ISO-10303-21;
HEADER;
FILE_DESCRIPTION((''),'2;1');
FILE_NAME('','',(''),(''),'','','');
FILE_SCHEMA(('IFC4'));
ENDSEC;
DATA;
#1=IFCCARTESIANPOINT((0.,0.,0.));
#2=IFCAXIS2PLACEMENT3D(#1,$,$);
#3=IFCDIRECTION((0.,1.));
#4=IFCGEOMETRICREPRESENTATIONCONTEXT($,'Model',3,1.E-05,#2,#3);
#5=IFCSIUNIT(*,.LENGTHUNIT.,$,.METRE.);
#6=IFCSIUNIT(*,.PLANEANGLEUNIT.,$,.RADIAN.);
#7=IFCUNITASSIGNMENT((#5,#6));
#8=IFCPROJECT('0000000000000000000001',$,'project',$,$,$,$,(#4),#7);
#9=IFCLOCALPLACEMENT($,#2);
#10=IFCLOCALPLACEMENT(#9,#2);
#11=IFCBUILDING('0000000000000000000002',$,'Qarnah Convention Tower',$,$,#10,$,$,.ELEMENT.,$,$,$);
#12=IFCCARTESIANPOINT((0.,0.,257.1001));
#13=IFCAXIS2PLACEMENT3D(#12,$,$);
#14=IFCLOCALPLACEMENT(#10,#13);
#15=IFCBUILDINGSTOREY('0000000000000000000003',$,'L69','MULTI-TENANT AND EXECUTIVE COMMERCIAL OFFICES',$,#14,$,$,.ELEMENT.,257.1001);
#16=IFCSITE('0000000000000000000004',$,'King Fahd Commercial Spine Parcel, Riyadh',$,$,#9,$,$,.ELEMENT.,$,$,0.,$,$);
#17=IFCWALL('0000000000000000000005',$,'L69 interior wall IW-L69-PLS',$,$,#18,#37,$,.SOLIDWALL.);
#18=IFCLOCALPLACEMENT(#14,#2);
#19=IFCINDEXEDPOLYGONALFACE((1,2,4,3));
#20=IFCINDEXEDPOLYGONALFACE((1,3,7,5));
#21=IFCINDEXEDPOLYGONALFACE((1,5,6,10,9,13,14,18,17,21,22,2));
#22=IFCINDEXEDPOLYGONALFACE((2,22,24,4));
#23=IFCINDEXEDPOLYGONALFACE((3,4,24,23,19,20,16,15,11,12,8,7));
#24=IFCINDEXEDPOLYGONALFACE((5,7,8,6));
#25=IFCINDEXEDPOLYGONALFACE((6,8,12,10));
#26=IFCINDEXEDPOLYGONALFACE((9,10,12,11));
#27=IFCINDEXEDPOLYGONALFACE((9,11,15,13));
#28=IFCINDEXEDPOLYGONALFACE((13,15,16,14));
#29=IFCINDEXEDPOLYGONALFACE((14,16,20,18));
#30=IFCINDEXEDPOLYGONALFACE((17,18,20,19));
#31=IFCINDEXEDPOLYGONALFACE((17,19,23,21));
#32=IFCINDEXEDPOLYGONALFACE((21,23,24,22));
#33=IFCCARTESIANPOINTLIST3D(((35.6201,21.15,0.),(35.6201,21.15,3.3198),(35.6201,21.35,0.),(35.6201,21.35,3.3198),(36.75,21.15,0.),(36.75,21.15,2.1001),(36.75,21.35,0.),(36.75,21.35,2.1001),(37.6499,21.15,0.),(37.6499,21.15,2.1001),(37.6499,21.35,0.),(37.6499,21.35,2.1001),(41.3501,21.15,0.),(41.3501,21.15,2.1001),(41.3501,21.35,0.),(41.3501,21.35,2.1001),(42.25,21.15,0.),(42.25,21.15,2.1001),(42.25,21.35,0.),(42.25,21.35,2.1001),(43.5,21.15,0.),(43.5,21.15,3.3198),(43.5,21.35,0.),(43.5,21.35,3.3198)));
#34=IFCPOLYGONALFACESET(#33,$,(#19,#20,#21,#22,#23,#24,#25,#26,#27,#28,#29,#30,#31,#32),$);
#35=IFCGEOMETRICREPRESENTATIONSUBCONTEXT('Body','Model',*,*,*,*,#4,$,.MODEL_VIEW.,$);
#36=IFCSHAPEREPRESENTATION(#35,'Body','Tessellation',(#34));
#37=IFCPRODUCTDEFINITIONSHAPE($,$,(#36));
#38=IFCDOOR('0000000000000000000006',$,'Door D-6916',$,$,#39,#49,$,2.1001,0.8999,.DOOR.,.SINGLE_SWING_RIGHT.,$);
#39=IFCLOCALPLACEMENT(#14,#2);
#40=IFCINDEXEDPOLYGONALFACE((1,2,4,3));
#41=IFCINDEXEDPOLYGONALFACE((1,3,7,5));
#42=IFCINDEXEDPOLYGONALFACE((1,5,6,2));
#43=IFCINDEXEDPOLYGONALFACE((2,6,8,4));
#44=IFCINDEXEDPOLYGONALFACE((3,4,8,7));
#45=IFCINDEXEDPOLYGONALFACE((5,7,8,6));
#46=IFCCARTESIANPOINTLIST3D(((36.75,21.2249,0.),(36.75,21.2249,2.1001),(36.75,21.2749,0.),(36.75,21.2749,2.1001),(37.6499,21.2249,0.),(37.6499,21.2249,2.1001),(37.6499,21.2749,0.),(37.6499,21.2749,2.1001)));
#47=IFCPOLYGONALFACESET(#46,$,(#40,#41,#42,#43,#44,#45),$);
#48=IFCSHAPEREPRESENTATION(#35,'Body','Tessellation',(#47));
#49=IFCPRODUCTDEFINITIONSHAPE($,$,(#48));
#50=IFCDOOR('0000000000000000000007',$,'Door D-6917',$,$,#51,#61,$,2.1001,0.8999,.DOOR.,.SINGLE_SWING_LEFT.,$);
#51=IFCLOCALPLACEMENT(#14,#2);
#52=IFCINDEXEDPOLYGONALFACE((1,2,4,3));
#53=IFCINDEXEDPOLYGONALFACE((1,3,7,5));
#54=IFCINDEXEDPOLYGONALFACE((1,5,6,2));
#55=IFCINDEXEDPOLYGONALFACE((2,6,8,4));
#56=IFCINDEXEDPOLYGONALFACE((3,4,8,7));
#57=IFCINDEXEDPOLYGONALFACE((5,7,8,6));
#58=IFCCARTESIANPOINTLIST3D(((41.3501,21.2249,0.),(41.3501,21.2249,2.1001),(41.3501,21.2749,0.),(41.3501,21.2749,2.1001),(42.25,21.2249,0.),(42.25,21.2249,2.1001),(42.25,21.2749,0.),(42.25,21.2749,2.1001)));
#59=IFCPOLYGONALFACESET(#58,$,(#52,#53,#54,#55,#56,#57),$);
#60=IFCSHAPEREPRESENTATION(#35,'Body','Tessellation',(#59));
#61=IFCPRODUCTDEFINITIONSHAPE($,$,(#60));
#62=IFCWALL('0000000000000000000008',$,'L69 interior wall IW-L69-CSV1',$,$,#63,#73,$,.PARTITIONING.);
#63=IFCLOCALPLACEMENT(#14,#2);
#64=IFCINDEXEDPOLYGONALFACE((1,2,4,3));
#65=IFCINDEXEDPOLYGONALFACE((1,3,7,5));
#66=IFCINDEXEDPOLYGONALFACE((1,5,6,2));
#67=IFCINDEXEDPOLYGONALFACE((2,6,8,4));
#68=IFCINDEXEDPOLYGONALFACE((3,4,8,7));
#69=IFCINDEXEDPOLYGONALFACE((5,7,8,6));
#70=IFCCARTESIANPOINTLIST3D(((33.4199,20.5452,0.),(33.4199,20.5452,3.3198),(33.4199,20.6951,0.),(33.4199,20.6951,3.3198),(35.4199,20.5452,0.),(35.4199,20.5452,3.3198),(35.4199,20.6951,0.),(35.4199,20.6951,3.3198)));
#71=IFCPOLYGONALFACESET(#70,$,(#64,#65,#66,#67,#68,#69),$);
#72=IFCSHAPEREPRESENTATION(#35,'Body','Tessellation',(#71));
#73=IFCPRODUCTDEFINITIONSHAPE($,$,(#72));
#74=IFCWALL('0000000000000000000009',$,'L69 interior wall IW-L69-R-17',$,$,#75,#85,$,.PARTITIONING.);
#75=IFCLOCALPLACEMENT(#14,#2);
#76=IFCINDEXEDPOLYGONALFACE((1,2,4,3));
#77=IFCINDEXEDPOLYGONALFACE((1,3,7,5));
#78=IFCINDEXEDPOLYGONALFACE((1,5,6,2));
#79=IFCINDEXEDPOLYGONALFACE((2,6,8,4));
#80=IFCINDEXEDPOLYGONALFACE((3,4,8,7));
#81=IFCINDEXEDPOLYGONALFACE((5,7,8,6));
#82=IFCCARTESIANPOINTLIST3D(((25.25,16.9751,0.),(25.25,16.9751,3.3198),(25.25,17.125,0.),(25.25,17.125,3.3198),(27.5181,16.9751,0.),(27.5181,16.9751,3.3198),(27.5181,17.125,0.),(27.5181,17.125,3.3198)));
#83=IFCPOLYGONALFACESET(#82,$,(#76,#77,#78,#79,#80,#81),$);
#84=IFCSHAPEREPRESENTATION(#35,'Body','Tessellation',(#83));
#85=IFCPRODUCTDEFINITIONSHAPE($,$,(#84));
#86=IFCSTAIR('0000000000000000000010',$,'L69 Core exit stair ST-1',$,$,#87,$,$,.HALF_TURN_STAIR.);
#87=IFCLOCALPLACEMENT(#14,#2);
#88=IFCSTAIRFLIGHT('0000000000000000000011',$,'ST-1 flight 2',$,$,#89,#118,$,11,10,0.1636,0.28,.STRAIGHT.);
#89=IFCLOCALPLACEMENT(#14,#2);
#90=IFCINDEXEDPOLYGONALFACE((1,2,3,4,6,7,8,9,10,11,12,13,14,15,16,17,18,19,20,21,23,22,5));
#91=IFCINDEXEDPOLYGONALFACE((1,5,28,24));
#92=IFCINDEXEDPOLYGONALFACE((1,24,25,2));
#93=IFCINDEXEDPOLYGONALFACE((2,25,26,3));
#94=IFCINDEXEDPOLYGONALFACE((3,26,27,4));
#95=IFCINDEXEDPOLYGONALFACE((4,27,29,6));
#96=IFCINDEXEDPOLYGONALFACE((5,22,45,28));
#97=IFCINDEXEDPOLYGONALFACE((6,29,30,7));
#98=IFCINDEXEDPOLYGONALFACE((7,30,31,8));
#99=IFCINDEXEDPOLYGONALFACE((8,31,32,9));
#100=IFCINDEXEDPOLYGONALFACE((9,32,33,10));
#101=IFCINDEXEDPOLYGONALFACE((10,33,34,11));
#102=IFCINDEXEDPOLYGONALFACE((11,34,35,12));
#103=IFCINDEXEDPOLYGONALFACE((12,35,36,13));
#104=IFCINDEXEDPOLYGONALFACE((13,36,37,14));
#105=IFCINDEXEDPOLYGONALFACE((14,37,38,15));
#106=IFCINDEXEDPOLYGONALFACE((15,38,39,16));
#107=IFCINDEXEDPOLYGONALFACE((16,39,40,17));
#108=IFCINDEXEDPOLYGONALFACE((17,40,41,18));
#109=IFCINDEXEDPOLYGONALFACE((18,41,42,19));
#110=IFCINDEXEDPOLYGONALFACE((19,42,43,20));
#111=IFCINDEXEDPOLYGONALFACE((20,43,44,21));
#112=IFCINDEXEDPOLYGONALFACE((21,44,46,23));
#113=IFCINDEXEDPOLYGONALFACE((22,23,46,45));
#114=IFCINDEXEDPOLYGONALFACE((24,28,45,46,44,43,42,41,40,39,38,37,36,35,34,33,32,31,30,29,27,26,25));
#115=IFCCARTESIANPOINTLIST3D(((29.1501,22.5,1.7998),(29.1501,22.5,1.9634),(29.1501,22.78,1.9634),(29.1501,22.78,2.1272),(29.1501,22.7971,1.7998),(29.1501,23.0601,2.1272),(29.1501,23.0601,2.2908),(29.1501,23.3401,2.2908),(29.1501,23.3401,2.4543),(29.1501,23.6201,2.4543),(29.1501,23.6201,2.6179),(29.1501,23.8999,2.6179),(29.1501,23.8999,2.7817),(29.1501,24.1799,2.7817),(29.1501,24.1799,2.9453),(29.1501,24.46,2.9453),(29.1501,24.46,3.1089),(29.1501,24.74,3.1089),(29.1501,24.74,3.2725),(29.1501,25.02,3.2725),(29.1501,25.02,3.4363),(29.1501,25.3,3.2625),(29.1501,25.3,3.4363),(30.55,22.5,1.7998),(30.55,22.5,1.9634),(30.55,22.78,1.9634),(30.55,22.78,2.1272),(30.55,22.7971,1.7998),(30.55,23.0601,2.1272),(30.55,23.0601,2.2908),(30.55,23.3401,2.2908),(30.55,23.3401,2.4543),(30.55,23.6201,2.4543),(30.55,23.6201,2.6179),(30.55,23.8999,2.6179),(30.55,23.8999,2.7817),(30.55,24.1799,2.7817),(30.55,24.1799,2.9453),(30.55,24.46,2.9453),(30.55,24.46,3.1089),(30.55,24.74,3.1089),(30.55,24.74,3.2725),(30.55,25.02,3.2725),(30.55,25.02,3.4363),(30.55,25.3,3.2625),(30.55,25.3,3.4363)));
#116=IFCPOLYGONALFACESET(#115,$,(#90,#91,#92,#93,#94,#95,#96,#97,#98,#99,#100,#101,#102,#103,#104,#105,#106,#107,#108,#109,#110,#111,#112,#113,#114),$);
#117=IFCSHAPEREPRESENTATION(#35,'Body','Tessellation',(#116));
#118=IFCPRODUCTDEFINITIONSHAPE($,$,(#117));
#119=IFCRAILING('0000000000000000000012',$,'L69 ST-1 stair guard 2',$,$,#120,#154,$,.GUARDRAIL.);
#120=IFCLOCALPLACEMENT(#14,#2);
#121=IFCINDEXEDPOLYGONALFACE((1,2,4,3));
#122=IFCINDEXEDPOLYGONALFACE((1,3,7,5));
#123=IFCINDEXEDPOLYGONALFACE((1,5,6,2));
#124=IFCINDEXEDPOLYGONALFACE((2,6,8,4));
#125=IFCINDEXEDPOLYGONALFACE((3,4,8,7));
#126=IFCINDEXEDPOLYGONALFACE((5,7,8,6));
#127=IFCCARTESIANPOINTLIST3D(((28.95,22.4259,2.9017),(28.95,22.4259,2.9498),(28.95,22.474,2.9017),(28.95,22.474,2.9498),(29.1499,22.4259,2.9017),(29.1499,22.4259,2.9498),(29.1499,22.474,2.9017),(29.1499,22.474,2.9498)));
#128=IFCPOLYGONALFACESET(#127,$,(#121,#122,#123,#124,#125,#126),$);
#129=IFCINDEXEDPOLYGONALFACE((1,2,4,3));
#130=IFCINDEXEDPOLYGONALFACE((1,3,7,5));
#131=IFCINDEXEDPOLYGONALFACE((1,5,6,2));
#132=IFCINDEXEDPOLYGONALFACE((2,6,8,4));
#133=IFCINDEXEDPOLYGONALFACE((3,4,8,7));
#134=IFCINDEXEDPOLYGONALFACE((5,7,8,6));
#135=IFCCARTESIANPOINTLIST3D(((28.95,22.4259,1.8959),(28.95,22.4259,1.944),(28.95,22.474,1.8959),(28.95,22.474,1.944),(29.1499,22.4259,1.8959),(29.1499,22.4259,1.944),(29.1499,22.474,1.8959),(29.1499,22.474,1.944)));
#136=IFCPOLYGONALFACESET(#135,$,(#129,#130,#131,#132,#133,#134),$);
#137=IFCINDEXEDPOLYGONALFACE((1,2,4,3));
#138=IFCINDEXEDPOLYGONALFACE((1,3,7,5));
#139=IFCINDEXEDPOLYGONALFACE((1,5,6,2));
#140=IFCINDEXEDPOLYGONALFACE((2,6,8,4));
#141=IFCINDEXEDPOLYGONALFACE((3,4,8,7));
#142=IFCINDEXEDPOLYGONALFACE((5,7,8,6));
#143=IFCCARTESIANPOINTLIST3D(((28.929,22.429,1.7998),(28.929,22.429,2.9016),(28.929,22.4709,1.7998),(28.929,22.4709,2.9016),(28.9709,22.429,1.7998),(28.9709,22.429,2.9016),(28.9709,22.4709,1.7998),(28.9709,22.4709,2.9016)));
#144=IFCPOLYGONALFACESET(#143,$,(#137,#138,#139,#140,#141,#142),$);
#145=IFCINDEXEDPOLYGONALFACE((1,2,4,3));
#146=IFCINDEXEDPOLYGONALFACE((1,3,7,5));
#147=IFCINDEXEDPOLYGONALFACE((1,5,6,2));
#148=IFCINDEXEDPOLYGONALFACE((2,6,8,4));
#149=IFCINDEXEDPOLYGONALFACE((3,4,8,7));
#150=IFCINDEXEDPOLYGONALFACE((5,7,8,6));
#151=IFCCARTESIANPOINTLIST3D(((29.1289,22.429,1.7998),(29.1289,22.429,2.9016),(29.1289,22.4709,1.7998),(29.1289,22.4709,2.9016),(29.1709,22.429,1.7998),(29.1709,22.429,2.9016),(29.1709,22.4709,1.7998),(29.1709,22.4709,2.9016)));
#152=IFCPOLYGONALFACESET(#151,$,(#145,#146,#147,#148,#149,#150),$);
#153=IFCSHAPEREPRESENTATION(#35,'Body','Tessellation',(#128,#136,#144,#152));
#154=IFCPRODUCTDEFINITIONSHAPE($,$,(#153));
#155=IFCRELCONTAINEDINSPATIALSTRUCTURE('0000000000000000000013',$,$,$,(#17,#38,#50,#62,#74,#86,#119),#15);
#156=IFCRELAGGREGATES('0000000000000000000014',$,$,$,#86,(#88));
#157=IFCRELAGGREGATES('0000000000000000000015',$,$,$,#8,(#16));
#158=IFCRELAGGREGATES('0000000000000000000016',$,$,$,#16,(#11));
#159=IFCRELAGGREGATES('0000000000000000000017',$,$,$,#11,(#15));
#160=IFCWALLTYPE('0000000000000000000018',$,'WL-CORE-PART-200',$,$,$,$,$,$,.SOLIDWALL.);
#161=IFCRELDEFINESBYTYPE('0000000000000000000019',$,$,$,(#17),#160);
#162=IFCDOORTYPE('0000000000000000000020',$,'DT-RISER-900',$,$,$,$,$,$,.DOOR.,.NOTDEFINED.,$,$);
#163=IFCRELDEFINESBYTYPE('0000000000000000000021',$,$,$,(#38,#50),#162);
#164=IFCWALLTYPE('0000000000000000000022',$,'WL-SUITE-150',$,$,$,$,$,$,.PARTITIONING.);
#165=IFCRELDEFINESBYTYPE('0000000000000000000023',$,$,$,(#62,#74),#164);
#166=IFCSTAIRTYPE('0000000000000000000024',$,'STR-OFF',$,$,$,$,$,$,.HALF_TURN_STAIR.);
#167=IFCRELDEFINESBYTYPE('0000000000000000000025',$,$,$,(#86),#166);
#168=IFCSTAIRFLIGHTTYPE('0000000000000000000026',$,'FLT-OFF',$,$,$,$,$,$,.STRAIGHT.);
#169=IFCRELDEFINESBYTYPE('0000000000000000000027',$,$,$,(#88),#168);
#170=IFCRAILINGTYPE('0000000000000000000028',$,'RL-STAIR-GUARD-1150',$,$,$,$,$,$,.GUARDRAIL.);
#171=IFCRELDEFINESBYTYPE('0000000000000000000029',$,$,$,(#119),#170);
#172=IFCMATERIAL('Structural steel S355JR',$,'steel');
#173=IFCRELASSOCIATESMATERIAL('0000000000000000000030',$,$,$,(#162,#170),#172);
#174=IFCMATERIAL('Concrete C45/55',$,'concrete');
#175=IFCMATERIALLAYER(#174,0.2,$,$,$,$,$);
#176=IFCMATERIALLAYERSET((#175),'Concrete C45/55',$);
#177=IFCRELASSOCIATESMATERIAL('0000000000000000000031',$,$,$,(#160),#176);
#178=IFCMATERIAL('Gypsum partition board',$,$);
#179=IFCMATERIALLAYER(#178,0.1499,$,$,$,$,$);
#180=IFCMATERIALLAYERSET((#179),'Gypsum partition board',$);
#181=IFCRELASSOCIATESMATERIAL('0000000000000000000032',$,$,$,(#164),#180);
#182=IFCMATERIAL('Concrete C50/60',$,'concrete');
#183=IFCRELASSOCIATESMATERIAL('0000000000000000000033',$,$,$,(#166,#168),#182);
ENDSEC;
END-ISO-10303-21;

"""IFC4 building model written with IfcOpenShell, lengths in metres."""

from ifc_helpers import new_model, si_unit, direction, frame, frame_2d, origin, origin_2d, place, context, subcontext, project, spatial, polyline, rectangle, outline, extrude, material, layer, layer_set, type_object, element, fill, aggregate, save


model = new_model("IFC4")

# Units and contexts
model_context = context("Model", 3, precision=1e-05, world=origin(), true_north=direction((0.0, 1.0)))
body_context = subcontext(model_context, "Body", "Model", "MODEL_VIEW")
ifc_project = project(units=[si_unit("LENGTHUNIT", "METRE"), si_unit("PLANEANGLEUNIT", "RADIAN")], contexts=[model_context])

# Site, building, storey
site_placement = place(None, origin())
site = spatial("IfcSite", under=ifc_project, at=site_placement, Name="King Fahd Commercial Spine Parcel, Riyadh", CompositionType="ELEMENT", RefElevation=0.0)
building_placement = place(site_placement, origin())
building = spatial("IfcBuilding", under=site, at=building_placement, Name="Qarnah Convention Tower", CompositionType="ELEMENT")
storey_placement = place(building_placement, frame((0.0, 0.0, 257.1001)))
storey = spatial("IfcBuildingStorey", under=building, at=storey_placement, Name="L69", Description="MULTI-TENANT AND EXECUTIVE COMMERCIAL OFFICES", CompositionType="ELEMENT", Elevation=257.1001)

# Shared definitions
ifc_material_1 = material(Name="Concrete C50/60", Category="concrete")

# Shared definitions
ifc_material_2 = material(Name="Structural steel S355JR", Category="steel")

# Shared definitions
door_type_1 = type_object("IfcDoorType", Name="DT-RISER-900", OperationType="NOTDEFINED", PredefinedType="DOOR", material=ifc_material_2)
ifc_material_3 = material(Name="Concrete C45/55", Category="concrete")
ifc_layer_1 = layer(ifc_material_3, 0.2)
ifc_layer_set_1 = layer_set([ifc_layer_1], Name="Concrete C45/55")
wall_type_1 = type_object("IfcWallType", Name="WL-CORE-PART-200", PredefinedType="SOLIDWALL", material=ifc_layer_set_1)

# Wall, openings, doors
wall_1_placement = place(storey_placement, frame((35.6201, 21.25, 0.0), z_axis=(0.0, 0.0, 1.0), x_axis=(1.0, 0.0, 0.0)))
wall_1 = element("IfcWall", 1, at=wall_1_placement, inside=storey, type_object=wall_type_1, Name="L69 interior wall IW-L69-PLS", PredefinedType="SOLIDWALL", context=body_context, shape_type="SweptSolid", body=[
    extrude(rectangle(XDim=7.8799, YDim=0.2, at=frame_2d((3.9399, 0.0))), origin(), (0.0, 0.0, 1.0), 3.3198),
])
opening_1_placement = place(wall_1_placement, frame((1.1299, 0.0, 0.0)))
opening_1 = element("IfcOpeningElement", 2, at=opening_1_placement, cuts=wall_1, PredefinedType="OPENING", context=body_context, shape_type="SweptSolid", body=[
    extrude(rectangle(XDim=0.8999, YDim=2.1001, at=frame_2d((0.45, 1.05))), frame((0.0, 0.1099, 0.0), z_axis=(0.0, -1.0, 0.0), x_axis=(1.0, 0.0, 0.0)), (0.0, 0.0, 1.0), 0.22),
])
opening_2_placement = place(wall_1_placement, frame((5.73, 0.0, 0.0)))
opening_2 = element("IfcOpeningElement", 3, at=opening_2_placement, cuts=wall_1, PredefinedType="OPENING", context=body_context, shape_type="SweptSolid", body=[
    extrude(rectangle(XDim=0.8999, YDim=2.1001, at=frame_2d((0.45, 1.05))), frame((0.0, 0.1099, 0.0), z_axis=(0.0, -1.0, 0.0), x_axis=(1.0, 0.0, 0.0)), (0.0, 0.0, 1.0), 0.22),
])
door_1_placement = place(opening_1_placement, origin())
door_1 = element("IfcDoor", 4, at=door_1_placement, inside=storey, type_object=door_type_1, Name="Door D-6916", OperationType="SINGLE_SWING_RIGHT", OverallHeight=2.1001, OverallWidth=0.8999, PredefinedType="DOOR", context=body_context, shape_type="SweptSolid", body=[
    extrude(rectangle(XDim=0.8999, YDim=2.1001, at=frame_2d((0.45, 1.05))), frame((0.0, 0.0249, 0.0), z_axis=(0.0, -1.0, 0.0), x_axis=(1.0, 0.0, 0.0)), (0.0, 0.0, 1.0), 0.05),
])
fill(opening_1, door_1)
door_2_placement = place(opening_2_placement, origin())
door_2 = element("IfcDoor", 5, at=door_2_placement, inside=storey, type_object=door_type_1, Name="Door D-6917", OperationType="SINGLE_SWING_LEFT", OverallHeight=2.1001, OverallWidth=0.8999, PredefinedType="DOOR", context=body_context, shape_type="SweptSolid", body=[
    extrude(rectangle(XDim=0.8999, YDim=2.1001, at=frame_2d((0.45, 1.05))), frame((0.0, 0.0249, 0.0), z_axis=(0.0, -1.0, 0.0), x_axis=(1.0, 0.0, 0.0)), (0.0, 0.0, 1.0), 0.05),
])
fill(opening_2, door_2)

# Walls
ifc_material_4 = material(Name="Gypsum partition board")
ifc_layer_2 = layer(ifc_material_4, 0.1499)
ifc_layer_set_2 = layer_set([ifc_layer_2], Name="Gypsum partition board")
wall_type_2 = type_object("IfcWallType", Name="WL-SUITE-150", PredefinedType="PARTITIONING", material=ifc_layer_set_2)
wall_2_placement = place(storey_placement, frame((33.4199, 20.6201, 0.0), z_axis=(0.0, 0.0, 1.0), x_axis=(1.0, 0.0, 0.0)))
element("IfcWall", 6, at=wall_2_placement, inside=storey, type_object=wall_type_2, Name="L69 interior wall IW-L69-CSV1", PredefinedType="PARTITIONING", context=body_context, shape_type="SweptSolid", body=[
    extrude(rectangle(XDim=2.0, YDim=0.1499, at=frame_2d((1.0, 0.0))), origin(), (0.0, 0.0, 1.0), 3.3198),
])
wall_3_placement = place(storey_placement, frame((27.5181, 17.05, 0.0), z_axis=(0.0, 0.0, 1.0), x_axis=(-1.0, 0.0, 0.0)))
element("IfcWall", 7, at=wall_3_placement, inside=storey, type_object=wall_type_2, Name="L69 interior wall IW-L69-R-17", PredefinedType="PARTITIONING", context=body_context, shape_type="SweptSolid", body=[
    extrude(rectangle(XDim=2.2681, YDim=0.1499, at=frame_2d((1.134, 0.0))), origin(), (0.0, 0.0, 1.0), 3.3198),
])

# Stair, stair flight
stair_type = type_object("IfcStairType", Name="STR-OFF", PredefinedType="HALF_TURN_STAIR", material=ifc_material_1)
stair_placement = place(storey_placement, origin())
stair = element("IfcStair", 8, at=stair_placement, inside=storey, type_object=stair_type, Name="L69 Core exit stair ST-1", PredefinedType="HALF_TURN_STAIR")
stair_flight_type = type_object("IfcStairFlightType", Name="FLT-OFF", PredefinedType="STRAIGHT", material=ifc_material_1)
stair_flight_placement = place(storey_placement, frame((29.8501, 22.5, 1.7998), z_axis=(0.0, 0.0, 1.0), x_axis=(0.0, 1.0, 0.0)))
stair_flight = element("IfcStairFlight", 9, at=stair_flight_placement, type_object=stair_flight_type, Name="ST-1 flight 2", NumberOfRisers=11, NumberOfTreads=10, PredefinedType="STRAIGHT", RiserHeight=0.1636, TreadLength=0.28, context=body_context, shape_type="SweptSolid", body=[
    extrude(outline(polyline([(0.0, 0.0), (0.0, 0.1636), (0.28, 0.1636), (0.28, 0.3274), (0.5601, 0.3274), (0.5601, 0.491), (0.8401, 0.491), (0.8401, 0.6545), (1.1201, 0.6545), (1.1201, 0.8181), (1.3999, 0.8181), (1.3999, 0.9819), (1.6799, 0.9819), (1.6799, 1.1455), (1.96, 1.1455), (1.96, 1.3091), (2.24, 1.3091), (2.24, 1.4727), (2.52, 1.4727), (2.52, 1.6365), (2.8, 1.6365), (2.8, 1.8), (2.8, 1.4626), (0.2971, 0.0), (0.0, 0.0)])), frame((0.0, 0.7, 0.0), z_axis=(0.0, -1.0, 0.0), x_axis=(1.0, 0.0, 0.0)), (0.0, 0.0, 1.0), 1.3999),
])
aggregate(stair, [stair_flight])

# Railing
railing_type_1 = type_object("IfcRailingType", Name="RL-STAIR-GUARD-1150", PredefinedType="GUARDRAIL", material=ifc_material_2)
railing_1_placement = place(storey_placement, frame((28.95, 22.45, 1.7998)))
element("IfcRailing", 10, at=railing_1_placement, inside=storey, type_object=railing_type_1, Name="L69 ST-1 stair guard 2", PredefinedType="GUARDRAIL", context=body_context, shape_type="SweptSolid", body=[
    extrude(rectangle(XDim=0.0481, YDim=0.0481, at=origin_2d()), frame((0.0, 0.0, 1.126), z_axis=(1.0, 0.0, 0.0), x_axis=(0.0, 1.0, 0.0)), (0.0, 0.0, 1.0), 0.2),
    extrude(rectangle(XDim=0.0481, YDim=0.0481, at=origin_2d()), frame((0.0, 0.0, 0.1201), z_axis=(1.0, 0.0, 0.0), x_axis=(0.0, 1.0, 0.0)), (0.0, 0.0, 1.0), 0.2),
    extrude(rectangle(XDim=0.042, YDim=0.042, at=origin_2d()), origin(), (0.0, 0.0, 1.0), 1.1018),
    extrude(rectangle(XDim=0.042, YDim=0.042, at=origin_2d()), frame((0.2, 0.0, 0.0)), (0.0, 0.0, 1.0), 1.1018),
])

save(model, "model.ifc")
